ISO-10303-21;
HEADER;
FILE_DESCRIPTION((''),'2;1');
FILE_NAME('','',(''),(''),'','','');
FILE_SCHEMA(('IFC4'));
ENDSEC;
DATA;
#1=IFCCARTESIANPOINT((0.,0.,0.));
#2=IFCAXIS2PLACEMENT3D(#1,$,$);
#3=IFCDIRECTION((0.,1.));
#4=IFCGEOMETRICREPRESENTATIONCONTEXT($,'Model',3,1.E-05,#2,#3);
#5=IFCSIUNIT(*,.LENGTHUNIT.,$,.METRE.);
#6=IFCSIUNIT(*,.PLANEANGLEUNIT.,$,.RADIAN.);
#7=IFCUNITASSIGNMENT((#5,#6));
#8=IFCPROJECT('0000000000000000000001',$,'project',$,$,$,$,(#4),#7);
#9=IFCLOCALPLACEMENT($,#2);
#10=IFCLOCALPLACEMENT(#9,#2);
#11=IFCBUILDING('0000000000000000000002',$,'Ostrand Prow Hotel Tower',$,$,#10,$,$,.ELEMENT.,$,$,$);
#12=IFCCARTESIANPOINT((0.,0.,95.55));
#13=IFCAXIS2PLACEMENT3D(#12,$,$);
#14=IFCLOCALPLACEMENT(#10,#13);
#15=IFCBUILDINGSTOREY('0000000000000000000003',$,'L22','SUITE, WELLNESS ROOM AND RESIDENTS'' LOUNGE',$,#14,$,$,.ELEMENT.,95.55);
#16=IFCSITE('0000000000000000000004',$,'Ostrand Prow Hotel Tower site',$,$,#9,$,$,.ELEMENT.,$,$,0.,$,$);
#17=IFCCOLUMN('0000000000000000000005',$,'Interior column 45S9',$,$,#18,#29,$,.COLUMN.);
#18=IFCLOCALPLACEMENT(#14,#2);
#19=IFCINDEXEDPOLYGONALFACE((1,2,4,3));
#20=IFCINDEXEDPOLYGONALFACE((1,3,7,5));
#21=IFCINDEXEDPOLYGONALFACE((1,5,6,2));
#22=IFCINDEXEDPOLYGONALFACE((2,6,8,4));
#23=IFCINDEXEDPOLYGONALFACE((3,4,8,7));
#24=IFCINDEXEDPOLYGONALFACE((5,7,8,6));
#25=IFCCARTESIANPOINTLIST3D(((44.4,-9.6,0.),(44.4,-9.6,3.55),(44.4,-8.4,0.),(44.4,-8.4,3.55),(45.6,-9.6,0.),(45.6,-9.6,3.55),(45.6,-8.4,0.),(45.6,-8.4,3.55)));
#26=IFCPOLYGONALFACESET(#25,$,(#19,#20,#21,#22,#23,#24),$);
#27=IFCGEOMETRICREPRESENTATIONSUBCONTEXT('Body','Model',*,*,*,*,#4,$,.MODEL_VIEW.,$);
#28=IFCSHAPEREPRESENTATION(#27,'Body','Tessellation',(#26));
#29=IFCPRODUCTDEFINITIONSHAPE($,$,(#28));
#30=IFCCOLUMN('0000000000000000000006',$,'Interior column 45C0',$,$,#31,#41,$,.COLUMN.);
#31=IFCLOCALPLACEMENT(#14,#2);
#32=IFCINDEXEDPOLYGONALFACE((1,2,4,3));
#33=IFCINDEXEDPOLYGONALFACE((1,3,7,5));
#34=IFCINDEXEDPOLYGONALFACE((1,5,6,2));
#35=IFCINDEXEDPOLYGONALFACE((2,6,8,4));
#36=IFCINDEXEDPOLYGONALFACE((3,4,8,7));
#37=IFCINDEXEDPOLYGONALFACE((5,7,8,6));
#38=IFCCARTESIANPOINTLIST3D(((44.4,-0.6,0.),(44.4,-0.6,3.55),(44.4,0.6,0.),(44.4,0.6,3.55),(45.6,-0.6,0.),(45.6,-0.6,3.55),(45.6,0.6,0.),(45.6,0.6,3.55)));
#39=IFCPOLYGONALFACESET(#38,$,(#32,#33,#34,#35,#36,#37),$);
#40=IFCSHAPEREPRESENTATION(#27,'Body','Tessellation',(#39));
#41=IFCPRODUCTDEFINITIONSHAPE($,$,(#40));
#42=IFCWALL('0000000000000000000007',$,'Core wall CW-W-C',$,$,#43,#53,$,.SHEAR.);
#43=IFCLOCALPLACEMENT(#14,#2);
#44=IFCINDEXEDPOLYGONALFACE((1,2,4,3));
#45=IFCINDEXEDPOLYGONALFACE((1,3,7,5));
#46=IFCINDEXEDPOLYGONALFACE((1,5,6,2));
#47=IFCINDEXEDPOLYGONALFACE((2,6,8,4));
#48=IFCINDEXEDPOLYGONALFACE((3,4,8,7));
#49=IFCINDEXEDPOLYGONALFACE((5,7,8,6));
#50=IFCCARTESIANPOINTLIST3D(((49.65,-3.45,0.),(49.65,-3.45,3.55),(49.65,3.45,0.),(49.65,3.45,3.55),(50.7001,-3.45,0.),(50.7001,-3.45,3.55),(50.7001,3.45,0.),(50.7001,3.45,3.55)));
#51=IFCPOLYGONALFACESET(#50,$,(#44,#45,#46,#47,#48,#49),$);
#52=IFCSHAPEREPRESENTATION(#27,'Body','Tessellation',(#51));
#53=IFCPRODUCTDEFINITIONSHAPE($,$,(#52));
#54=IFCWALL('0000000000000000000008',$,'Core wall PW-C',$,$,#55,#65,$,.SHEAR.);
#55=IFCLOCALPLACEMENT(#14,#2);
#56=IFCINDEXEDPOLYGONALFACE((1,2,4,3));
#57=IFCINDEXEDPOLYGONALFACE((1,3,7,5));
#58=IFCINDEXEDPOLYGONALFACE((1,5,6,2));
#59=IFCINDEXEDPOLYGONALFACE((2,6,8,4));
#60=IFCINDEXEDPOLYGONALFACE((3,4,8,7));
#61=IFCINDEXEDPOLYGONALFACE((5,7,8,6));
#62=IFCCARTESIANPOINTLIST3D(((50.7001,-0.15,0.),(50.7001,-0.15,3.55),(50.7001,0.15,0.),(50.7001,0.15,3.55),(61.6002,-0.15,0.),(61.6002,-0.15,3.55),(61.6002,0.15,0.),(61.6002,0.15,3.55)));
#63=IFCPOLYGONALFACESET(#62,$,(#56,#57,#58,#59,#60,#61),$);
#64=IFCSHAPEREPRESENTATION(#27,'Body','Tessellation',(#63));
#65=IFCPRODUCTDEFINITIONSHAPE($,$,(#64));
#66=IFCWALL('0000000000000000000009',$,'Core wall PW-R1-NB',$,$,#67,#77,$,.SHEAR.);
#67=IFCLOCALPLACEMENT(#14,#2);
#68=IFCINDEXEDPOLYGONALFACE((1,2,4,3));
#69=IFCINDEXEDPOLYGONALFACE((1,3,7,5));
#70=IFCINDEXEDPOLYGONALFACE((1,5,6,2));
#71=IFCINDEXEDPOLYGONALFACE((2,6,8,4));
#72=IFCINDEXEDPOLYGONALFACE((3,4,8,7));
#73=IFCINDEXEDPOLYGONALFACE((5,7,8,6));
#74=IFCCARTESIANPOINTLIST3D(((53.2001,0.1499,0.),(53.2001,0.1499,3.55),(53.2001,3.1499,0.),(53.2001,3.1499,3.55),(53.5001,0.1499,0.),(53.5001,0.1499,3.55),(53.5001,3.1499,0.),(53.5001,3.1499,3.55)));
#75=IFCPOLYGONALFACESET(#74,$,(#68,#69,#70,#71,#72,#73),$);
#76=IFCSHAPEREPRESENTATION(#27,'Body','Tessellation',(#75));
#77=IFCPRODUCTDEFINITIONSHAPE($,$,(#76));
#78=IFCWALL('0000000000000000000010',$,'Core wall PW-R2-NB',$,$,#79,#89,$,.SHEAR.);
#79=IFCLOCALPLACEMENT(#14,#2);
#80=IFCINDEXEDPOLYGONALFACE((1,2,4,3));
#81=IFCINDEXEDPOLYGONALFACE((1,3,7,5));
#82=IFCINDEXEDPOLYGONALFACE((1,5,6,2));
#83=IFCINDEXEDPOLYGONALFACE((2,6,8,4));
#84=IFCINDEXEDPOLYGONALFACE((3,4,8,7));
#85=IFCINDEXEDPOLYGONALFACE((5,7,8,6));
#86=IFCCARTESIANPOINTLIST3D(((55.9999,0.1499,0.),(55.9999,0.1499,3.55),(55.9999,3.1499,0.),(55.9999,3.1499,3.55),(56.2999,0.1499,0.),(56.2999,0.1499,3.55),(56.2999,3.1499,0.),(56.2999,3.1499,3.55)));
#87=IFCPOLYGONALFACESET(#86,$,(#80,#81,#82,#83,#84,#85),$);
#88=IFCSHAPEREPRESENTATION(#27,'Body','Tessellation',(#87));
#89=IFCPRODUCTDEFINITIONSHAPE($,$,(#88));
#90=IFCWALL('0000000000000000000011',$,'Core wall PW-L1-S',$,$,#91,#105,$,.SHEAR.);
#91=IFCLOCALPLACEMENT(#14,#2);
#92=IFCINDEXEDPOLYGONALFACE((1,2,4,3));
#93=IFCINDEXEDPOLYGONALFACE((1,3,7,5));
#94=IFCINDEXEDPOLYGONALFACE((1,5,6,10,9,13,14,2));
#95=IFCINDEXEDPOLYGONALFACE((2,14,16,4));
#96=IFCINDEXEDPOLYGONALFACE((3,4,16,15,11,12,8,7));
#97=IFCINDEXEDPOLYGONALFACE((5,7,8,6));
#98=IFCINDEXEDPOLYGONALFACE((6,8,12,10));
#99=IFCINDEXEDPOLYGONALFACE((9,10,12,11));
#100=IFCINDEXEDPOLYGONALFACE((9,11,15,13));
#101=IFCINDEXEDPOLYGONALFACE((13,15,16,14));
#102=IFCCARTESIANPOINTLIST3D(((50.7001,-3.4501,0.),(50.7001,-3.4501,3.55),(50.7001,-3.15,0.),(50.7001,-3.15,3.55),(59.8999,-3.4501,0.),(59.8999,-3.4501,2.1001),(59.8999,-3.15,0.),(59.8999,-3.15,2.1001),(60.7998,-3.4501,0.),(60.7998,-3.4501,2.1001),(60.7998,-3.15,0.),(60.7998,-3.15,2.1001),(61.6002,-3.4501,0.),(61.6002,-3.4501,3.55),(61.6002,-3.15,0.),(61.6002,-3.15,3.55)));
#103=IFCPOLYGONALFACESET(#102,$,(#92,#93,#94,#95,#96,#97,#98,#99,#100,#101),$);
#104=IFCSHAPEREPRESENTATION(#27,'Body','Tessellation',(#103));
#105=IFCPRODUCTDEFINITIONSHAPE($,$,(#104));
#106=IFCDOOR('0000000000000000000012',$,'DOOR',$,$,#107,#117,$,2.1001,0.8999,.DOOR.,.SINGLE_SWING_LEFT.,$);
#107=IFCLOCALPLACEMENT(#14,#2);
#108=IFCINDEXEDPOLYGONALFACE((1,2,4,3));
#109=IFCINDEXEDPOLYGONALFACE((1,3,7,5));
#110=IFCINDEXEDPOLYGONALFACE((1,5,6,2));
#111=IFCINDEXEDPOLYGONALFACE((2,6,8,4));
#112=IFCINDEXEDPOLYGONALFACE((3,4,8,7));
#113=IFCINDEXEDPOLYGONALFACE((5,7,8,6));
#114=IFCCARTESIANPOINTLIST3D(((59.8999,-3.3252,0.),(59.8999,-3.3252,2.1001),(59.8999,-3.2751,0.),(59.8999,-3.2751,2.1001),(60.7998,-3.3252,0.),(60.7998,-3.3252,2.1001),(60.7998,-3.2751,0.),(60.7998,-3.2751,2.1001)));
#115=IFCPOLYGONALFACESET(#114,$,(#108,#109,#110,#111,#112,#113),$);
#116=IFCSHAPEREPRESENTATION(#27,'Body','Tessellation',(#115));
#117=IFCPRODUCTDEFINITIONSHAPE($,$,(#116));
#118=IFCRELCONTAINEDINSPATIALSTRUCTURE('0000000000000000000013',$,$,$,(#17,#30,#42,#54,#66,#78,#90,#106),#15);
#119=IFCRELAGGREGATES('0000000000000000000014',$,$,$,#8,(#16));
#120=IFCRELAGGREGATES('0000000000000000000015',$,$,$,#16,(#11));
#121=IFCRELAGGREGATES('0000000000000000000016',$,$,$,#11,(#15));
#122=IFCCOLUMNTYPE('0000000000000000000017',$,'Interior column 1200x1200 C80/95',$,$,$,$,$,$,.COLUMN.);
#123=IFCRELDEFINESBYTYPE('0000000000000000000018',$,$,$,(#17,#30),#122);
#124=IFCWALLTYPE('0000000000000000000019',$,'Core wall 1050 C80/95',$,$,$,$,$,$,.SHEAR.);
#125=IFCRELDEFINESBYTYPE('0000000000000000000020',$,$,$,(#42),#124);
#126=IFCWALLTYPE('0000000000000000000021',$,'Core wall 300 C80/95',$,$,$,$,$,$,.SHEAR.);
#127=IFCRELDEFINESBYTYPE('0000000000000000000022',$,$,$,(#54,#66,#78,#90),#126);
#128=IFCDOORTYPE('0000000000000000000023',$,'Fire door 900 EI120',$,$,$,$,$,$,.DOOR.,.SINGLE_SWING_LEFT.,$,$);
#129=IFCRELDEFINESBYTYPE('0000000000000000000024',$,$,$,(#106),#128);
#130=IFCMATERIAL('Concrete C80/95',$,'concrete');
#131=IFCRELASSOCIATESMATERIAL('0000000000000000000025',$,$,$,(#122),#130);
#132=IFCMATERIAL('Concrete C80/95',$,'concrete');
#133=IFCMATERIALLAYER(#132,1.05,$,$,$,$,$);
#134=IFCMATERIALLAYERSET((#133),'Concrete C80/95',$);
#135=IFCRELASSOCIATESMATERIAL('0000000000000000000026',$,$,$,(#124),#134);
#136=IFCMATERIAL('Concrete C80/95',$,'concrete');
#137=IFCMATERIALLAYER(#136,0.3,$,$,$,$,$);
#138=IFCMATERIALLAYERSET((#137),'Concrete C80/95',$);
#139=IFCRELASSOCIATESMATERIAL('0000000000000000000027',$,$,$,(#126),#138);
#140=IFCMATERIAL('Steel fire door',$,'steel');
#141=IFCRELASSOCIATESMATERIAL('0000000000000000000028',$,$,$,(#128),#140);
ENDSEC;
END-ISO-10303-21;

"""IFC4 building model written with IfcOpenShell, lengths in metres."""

from ifc_helpers import new_model, si_unit, direction, frame, frame_2d, origin, origin_2d, place, context, subcontext, project, spatial, rectangle, extrude, material, layer, layer_set, material_profile, profile_set, type_object, element, fill, save


model = new_model("IFC4")

# Units and contexts
model_context = context("Model", 3, precision=1e-05, world=origin(), true_north=direction((0.0, 1.0)))
body_context = subcontext(model_context, "Body", "Model", "MODEL_VIEW")
ifc_project = project(units=[si_unit("LENGTHUNIT", "METRE"), si_unit("PLANEANGLEUNIT", "RADIAN")], contexts=[model_context])

# Site, building, storey
site_placement = place(None, origin())
site = spatial("IfcSite", under=ifc_project, at=site_placement, Name="Ostrand Prow Hotel Tower site", CompositionType="ELEMENT", RefElevation=0.0)
building_placement = place(site_placement, origin())
building = spatial("IfcBuilding", under=site, at=building_placement, Name="Ostrand Prow Hotel Tower", CompositionType="ELEMENT")
storey_placement = place(building_placement, frame((0.0, 0.0, 95.55)))
storey = spatial("IfcBuildingStorey", under=building, at=storey_placement, Name="L22", Description="SUITE, WELLNESS ROOM AND RESIDENTS' LOUNGE", CompositionType="ELEMENT", Elevation=95.55)

# Columns
ifc_material_1 = material(Name="Concrete C80/95", Category="concrete")
ifc_material_profile = material_profile(ifc_material_1, rectangle(XDim=1.2, YDim=1.2, at=origin_2d()), Name="RC 1200x1200")
ifc_profile_set = profile_set([ifc_material_profile], Name="Concrete C80/95")
column_type = type_object("IfcColumnType", Name="Interior column 1200x1200 C80/95", PredefinedType="COLUMN", material=ifc_profile_set)
for number, where, z_axis, x_axis, name in (
    (1, (45.0, -9.0, 0.0), (0.0, 0.0, 1.0), (1.0, 0.0, 0.0), "Interior column 45S9"),
    (2, (45.0, 0.0, 0.0), (0.0, 0.0, 1.0), (1.0, 0.0, 0.0), "Interior column 45C0"),
):
    element("IfcColumn", number, at=place(storey_placement, frame(where, z_axis=z_axis, x_axis=x_axis)), inside=storey, type_object=column_type, Name=name, PredefinedType="COLUMN", context=body_context, shape_type="SweptSolid", body=[
        extrude(rectangle(XDim=1.2, YDim=1.2, at=origin_2d()), origin(), (0.0, 0.0, 1.0), 3.55),
    ])

# Walls
ifc_material_2 = material(Name="Concrete C80/95", Category="concrete")
ifc_layer_1 = layer(ifc_material_2, 1.05)
ifc_layer_set_1 = layer_set([ifc_layer_1], Name="Concrete C80/95")
wall_type_1 = type_object("IfcWallType", Name="Core wall 1050 C80/95", PredefinedType="SHEAR", material=ifc_layer_set_1)
wall_1_placement = place(storey_placement, frame((50.175, -3.45, 0.0), z_axis=(0.0, 0.0, 1.0), x_axis=(0.0, 1.0, 0.0)))
element("IfcWall", 3, at=wall_1_placement, inside=storey, type_object=wall_type_1, Name="Core wall CW-W-C", PredefinedType="SHEAR", context=body_context, shape_type="SweptSolid", body=[
    extrude(rectangle(XDim=6.8999, YDim=1.05, at=frame_2d((3.45, 0.0))), origin(), (0.0, 0.0, 1.0), 3.55),
])
ifc_material_3 = material(Name="Concrete C80/95", Category="concrete")
ifc_layer_2 = layer(ifc_material_3, 0.3)
ifc_layer_set_2 = layer_set([ifc_layer_2], Name="Concrete C80/95")
wall_type_2 = type_object("IfcWallType", Name="Core wall 300 C80/95", PredefinedType="SHEAR", material=ifc_layer_set_2)
wall_2_placement = place(storey_placement, frame((50.7, 0.0, 0.0), z_axis=(0.0, 0.0, 1.0), x_axis=(1.0, 0.0, 0.0)))
element("IfcWall", 4, at=wall_2_placement, inside=storey, type_object=wall_type_2, Name="Core wall PW-C", PredefinedType="SHEAR", context=body_context, shape_type="SweptSolid", body=[
    extrude(rectangle(XDim=10.9001, YDim=0.3, at=frame_2d((5.4502, 0.0))), origin(), (0.0, 0.0, 1.0), 3.55),
])
for number, where, z_axis, x_axis, name in (
    (5, (53.3501, 0.1499, 0.0), (0.0, 0.0, 1.0), (0.0, 1.0, 0.0), "Core wall PW-R1-NB"),
    (6, (56.1499, 0.1499, 0.0), (0.0, 0.0, 1.0), (0.0, 1.0, 0.0), "Core wall PW-R2-NB"),
):
    element("IfcWall", number, at=place(storey_placement, frame(where, z_axis=z_axis, x_axis=x_axis)), inside=storey, type_object=wall_type_2, Name=name, PredefinedType="SHEAR", context=body_context, shape_type="SweptSolid", body=[
        extrude(rectangle(XDim=3.0, YDim=0.3, at=frame_2d((1.5, 0.0))), origin(), (0.0, 0.0, 1.0), 3.55),
    ])

# Wall, opening, door
wall_3_placement = place(storey_placement, frame((50.7, -3.3, 0.0), z_axis=(0.0, 0.0, 1.0), x_axis=(1.0, 0.0, 0.0)))
wall_3 = element("IfcWall", 7, at=wall_3_placement, inside=storey, type_object=wall_type_2, Name="Core wall PW-L1-S", PredefinedType="SHEAR", context=body_context, shape_type="SweptSolid", body=[
    extrude(rectangle(XDim=10.9001, YDim=0.3, at=frame_2d((5.4502, 0.0))), origin(), (0.0, 0.0, 1.0), 3.55),
])
opening_1_placement = place(wall_3_placement, frame((9.2, 0.0, 0.0)))
opening_1 = element("IfcOpeningElement", 8, at=opening_1_placement, cuts=wall_3, PredefinedType="OPENING", context=body_context, shape_type="SweptSolid", body=[
    extrude(rectangle(XDim=0.8999, YDim=2.1001, at=frame_2d((0.45, 1.05))), frame((0.0, 0.1599, 0.0), z_axis=(0.0, -1.0, 0.0), x_axis=(1.0, 0.0, 0.0)), (0.0, 0.0, 1.0), 0.3201),
])
ifc_material_4 = material(Name="Steel fire door", Category="steel")
door_type_1 = type_object("IfcDoorType", Name="Fire door 900 EI120", OperationType="SINGLE_SWING_LEFT", PredefinedType="DOOR", material=ifc_material_4)
door_1_placement = place(opening_1_placement, origin())
door_1 = element("IfcDoor", 9, at=door_1_placement, inside=storey, type_object=door_type_1, Name="DOOR", OperationType="SINGLE_SWING_LEFT", OverallHeight=2.1001, OverallWidth=0.8999, PredefinedType="DOOR", context=body_context, shape_type="SweptSolid", body=[
    extrude(rectangle(XDim=0.8999, YDim=2.1001, at=frame_2d((0.45, 1.05))), frame((0.0, 0.0249, 0.0), z_axis=(0.0, -1.0, 0.0), x_axis=(1.0, 0.0, 0.0)), (0.0, 0.0, 1.0), 0.05),
])
fill(opening_1, door_1)

save(model, "model.ifc")
